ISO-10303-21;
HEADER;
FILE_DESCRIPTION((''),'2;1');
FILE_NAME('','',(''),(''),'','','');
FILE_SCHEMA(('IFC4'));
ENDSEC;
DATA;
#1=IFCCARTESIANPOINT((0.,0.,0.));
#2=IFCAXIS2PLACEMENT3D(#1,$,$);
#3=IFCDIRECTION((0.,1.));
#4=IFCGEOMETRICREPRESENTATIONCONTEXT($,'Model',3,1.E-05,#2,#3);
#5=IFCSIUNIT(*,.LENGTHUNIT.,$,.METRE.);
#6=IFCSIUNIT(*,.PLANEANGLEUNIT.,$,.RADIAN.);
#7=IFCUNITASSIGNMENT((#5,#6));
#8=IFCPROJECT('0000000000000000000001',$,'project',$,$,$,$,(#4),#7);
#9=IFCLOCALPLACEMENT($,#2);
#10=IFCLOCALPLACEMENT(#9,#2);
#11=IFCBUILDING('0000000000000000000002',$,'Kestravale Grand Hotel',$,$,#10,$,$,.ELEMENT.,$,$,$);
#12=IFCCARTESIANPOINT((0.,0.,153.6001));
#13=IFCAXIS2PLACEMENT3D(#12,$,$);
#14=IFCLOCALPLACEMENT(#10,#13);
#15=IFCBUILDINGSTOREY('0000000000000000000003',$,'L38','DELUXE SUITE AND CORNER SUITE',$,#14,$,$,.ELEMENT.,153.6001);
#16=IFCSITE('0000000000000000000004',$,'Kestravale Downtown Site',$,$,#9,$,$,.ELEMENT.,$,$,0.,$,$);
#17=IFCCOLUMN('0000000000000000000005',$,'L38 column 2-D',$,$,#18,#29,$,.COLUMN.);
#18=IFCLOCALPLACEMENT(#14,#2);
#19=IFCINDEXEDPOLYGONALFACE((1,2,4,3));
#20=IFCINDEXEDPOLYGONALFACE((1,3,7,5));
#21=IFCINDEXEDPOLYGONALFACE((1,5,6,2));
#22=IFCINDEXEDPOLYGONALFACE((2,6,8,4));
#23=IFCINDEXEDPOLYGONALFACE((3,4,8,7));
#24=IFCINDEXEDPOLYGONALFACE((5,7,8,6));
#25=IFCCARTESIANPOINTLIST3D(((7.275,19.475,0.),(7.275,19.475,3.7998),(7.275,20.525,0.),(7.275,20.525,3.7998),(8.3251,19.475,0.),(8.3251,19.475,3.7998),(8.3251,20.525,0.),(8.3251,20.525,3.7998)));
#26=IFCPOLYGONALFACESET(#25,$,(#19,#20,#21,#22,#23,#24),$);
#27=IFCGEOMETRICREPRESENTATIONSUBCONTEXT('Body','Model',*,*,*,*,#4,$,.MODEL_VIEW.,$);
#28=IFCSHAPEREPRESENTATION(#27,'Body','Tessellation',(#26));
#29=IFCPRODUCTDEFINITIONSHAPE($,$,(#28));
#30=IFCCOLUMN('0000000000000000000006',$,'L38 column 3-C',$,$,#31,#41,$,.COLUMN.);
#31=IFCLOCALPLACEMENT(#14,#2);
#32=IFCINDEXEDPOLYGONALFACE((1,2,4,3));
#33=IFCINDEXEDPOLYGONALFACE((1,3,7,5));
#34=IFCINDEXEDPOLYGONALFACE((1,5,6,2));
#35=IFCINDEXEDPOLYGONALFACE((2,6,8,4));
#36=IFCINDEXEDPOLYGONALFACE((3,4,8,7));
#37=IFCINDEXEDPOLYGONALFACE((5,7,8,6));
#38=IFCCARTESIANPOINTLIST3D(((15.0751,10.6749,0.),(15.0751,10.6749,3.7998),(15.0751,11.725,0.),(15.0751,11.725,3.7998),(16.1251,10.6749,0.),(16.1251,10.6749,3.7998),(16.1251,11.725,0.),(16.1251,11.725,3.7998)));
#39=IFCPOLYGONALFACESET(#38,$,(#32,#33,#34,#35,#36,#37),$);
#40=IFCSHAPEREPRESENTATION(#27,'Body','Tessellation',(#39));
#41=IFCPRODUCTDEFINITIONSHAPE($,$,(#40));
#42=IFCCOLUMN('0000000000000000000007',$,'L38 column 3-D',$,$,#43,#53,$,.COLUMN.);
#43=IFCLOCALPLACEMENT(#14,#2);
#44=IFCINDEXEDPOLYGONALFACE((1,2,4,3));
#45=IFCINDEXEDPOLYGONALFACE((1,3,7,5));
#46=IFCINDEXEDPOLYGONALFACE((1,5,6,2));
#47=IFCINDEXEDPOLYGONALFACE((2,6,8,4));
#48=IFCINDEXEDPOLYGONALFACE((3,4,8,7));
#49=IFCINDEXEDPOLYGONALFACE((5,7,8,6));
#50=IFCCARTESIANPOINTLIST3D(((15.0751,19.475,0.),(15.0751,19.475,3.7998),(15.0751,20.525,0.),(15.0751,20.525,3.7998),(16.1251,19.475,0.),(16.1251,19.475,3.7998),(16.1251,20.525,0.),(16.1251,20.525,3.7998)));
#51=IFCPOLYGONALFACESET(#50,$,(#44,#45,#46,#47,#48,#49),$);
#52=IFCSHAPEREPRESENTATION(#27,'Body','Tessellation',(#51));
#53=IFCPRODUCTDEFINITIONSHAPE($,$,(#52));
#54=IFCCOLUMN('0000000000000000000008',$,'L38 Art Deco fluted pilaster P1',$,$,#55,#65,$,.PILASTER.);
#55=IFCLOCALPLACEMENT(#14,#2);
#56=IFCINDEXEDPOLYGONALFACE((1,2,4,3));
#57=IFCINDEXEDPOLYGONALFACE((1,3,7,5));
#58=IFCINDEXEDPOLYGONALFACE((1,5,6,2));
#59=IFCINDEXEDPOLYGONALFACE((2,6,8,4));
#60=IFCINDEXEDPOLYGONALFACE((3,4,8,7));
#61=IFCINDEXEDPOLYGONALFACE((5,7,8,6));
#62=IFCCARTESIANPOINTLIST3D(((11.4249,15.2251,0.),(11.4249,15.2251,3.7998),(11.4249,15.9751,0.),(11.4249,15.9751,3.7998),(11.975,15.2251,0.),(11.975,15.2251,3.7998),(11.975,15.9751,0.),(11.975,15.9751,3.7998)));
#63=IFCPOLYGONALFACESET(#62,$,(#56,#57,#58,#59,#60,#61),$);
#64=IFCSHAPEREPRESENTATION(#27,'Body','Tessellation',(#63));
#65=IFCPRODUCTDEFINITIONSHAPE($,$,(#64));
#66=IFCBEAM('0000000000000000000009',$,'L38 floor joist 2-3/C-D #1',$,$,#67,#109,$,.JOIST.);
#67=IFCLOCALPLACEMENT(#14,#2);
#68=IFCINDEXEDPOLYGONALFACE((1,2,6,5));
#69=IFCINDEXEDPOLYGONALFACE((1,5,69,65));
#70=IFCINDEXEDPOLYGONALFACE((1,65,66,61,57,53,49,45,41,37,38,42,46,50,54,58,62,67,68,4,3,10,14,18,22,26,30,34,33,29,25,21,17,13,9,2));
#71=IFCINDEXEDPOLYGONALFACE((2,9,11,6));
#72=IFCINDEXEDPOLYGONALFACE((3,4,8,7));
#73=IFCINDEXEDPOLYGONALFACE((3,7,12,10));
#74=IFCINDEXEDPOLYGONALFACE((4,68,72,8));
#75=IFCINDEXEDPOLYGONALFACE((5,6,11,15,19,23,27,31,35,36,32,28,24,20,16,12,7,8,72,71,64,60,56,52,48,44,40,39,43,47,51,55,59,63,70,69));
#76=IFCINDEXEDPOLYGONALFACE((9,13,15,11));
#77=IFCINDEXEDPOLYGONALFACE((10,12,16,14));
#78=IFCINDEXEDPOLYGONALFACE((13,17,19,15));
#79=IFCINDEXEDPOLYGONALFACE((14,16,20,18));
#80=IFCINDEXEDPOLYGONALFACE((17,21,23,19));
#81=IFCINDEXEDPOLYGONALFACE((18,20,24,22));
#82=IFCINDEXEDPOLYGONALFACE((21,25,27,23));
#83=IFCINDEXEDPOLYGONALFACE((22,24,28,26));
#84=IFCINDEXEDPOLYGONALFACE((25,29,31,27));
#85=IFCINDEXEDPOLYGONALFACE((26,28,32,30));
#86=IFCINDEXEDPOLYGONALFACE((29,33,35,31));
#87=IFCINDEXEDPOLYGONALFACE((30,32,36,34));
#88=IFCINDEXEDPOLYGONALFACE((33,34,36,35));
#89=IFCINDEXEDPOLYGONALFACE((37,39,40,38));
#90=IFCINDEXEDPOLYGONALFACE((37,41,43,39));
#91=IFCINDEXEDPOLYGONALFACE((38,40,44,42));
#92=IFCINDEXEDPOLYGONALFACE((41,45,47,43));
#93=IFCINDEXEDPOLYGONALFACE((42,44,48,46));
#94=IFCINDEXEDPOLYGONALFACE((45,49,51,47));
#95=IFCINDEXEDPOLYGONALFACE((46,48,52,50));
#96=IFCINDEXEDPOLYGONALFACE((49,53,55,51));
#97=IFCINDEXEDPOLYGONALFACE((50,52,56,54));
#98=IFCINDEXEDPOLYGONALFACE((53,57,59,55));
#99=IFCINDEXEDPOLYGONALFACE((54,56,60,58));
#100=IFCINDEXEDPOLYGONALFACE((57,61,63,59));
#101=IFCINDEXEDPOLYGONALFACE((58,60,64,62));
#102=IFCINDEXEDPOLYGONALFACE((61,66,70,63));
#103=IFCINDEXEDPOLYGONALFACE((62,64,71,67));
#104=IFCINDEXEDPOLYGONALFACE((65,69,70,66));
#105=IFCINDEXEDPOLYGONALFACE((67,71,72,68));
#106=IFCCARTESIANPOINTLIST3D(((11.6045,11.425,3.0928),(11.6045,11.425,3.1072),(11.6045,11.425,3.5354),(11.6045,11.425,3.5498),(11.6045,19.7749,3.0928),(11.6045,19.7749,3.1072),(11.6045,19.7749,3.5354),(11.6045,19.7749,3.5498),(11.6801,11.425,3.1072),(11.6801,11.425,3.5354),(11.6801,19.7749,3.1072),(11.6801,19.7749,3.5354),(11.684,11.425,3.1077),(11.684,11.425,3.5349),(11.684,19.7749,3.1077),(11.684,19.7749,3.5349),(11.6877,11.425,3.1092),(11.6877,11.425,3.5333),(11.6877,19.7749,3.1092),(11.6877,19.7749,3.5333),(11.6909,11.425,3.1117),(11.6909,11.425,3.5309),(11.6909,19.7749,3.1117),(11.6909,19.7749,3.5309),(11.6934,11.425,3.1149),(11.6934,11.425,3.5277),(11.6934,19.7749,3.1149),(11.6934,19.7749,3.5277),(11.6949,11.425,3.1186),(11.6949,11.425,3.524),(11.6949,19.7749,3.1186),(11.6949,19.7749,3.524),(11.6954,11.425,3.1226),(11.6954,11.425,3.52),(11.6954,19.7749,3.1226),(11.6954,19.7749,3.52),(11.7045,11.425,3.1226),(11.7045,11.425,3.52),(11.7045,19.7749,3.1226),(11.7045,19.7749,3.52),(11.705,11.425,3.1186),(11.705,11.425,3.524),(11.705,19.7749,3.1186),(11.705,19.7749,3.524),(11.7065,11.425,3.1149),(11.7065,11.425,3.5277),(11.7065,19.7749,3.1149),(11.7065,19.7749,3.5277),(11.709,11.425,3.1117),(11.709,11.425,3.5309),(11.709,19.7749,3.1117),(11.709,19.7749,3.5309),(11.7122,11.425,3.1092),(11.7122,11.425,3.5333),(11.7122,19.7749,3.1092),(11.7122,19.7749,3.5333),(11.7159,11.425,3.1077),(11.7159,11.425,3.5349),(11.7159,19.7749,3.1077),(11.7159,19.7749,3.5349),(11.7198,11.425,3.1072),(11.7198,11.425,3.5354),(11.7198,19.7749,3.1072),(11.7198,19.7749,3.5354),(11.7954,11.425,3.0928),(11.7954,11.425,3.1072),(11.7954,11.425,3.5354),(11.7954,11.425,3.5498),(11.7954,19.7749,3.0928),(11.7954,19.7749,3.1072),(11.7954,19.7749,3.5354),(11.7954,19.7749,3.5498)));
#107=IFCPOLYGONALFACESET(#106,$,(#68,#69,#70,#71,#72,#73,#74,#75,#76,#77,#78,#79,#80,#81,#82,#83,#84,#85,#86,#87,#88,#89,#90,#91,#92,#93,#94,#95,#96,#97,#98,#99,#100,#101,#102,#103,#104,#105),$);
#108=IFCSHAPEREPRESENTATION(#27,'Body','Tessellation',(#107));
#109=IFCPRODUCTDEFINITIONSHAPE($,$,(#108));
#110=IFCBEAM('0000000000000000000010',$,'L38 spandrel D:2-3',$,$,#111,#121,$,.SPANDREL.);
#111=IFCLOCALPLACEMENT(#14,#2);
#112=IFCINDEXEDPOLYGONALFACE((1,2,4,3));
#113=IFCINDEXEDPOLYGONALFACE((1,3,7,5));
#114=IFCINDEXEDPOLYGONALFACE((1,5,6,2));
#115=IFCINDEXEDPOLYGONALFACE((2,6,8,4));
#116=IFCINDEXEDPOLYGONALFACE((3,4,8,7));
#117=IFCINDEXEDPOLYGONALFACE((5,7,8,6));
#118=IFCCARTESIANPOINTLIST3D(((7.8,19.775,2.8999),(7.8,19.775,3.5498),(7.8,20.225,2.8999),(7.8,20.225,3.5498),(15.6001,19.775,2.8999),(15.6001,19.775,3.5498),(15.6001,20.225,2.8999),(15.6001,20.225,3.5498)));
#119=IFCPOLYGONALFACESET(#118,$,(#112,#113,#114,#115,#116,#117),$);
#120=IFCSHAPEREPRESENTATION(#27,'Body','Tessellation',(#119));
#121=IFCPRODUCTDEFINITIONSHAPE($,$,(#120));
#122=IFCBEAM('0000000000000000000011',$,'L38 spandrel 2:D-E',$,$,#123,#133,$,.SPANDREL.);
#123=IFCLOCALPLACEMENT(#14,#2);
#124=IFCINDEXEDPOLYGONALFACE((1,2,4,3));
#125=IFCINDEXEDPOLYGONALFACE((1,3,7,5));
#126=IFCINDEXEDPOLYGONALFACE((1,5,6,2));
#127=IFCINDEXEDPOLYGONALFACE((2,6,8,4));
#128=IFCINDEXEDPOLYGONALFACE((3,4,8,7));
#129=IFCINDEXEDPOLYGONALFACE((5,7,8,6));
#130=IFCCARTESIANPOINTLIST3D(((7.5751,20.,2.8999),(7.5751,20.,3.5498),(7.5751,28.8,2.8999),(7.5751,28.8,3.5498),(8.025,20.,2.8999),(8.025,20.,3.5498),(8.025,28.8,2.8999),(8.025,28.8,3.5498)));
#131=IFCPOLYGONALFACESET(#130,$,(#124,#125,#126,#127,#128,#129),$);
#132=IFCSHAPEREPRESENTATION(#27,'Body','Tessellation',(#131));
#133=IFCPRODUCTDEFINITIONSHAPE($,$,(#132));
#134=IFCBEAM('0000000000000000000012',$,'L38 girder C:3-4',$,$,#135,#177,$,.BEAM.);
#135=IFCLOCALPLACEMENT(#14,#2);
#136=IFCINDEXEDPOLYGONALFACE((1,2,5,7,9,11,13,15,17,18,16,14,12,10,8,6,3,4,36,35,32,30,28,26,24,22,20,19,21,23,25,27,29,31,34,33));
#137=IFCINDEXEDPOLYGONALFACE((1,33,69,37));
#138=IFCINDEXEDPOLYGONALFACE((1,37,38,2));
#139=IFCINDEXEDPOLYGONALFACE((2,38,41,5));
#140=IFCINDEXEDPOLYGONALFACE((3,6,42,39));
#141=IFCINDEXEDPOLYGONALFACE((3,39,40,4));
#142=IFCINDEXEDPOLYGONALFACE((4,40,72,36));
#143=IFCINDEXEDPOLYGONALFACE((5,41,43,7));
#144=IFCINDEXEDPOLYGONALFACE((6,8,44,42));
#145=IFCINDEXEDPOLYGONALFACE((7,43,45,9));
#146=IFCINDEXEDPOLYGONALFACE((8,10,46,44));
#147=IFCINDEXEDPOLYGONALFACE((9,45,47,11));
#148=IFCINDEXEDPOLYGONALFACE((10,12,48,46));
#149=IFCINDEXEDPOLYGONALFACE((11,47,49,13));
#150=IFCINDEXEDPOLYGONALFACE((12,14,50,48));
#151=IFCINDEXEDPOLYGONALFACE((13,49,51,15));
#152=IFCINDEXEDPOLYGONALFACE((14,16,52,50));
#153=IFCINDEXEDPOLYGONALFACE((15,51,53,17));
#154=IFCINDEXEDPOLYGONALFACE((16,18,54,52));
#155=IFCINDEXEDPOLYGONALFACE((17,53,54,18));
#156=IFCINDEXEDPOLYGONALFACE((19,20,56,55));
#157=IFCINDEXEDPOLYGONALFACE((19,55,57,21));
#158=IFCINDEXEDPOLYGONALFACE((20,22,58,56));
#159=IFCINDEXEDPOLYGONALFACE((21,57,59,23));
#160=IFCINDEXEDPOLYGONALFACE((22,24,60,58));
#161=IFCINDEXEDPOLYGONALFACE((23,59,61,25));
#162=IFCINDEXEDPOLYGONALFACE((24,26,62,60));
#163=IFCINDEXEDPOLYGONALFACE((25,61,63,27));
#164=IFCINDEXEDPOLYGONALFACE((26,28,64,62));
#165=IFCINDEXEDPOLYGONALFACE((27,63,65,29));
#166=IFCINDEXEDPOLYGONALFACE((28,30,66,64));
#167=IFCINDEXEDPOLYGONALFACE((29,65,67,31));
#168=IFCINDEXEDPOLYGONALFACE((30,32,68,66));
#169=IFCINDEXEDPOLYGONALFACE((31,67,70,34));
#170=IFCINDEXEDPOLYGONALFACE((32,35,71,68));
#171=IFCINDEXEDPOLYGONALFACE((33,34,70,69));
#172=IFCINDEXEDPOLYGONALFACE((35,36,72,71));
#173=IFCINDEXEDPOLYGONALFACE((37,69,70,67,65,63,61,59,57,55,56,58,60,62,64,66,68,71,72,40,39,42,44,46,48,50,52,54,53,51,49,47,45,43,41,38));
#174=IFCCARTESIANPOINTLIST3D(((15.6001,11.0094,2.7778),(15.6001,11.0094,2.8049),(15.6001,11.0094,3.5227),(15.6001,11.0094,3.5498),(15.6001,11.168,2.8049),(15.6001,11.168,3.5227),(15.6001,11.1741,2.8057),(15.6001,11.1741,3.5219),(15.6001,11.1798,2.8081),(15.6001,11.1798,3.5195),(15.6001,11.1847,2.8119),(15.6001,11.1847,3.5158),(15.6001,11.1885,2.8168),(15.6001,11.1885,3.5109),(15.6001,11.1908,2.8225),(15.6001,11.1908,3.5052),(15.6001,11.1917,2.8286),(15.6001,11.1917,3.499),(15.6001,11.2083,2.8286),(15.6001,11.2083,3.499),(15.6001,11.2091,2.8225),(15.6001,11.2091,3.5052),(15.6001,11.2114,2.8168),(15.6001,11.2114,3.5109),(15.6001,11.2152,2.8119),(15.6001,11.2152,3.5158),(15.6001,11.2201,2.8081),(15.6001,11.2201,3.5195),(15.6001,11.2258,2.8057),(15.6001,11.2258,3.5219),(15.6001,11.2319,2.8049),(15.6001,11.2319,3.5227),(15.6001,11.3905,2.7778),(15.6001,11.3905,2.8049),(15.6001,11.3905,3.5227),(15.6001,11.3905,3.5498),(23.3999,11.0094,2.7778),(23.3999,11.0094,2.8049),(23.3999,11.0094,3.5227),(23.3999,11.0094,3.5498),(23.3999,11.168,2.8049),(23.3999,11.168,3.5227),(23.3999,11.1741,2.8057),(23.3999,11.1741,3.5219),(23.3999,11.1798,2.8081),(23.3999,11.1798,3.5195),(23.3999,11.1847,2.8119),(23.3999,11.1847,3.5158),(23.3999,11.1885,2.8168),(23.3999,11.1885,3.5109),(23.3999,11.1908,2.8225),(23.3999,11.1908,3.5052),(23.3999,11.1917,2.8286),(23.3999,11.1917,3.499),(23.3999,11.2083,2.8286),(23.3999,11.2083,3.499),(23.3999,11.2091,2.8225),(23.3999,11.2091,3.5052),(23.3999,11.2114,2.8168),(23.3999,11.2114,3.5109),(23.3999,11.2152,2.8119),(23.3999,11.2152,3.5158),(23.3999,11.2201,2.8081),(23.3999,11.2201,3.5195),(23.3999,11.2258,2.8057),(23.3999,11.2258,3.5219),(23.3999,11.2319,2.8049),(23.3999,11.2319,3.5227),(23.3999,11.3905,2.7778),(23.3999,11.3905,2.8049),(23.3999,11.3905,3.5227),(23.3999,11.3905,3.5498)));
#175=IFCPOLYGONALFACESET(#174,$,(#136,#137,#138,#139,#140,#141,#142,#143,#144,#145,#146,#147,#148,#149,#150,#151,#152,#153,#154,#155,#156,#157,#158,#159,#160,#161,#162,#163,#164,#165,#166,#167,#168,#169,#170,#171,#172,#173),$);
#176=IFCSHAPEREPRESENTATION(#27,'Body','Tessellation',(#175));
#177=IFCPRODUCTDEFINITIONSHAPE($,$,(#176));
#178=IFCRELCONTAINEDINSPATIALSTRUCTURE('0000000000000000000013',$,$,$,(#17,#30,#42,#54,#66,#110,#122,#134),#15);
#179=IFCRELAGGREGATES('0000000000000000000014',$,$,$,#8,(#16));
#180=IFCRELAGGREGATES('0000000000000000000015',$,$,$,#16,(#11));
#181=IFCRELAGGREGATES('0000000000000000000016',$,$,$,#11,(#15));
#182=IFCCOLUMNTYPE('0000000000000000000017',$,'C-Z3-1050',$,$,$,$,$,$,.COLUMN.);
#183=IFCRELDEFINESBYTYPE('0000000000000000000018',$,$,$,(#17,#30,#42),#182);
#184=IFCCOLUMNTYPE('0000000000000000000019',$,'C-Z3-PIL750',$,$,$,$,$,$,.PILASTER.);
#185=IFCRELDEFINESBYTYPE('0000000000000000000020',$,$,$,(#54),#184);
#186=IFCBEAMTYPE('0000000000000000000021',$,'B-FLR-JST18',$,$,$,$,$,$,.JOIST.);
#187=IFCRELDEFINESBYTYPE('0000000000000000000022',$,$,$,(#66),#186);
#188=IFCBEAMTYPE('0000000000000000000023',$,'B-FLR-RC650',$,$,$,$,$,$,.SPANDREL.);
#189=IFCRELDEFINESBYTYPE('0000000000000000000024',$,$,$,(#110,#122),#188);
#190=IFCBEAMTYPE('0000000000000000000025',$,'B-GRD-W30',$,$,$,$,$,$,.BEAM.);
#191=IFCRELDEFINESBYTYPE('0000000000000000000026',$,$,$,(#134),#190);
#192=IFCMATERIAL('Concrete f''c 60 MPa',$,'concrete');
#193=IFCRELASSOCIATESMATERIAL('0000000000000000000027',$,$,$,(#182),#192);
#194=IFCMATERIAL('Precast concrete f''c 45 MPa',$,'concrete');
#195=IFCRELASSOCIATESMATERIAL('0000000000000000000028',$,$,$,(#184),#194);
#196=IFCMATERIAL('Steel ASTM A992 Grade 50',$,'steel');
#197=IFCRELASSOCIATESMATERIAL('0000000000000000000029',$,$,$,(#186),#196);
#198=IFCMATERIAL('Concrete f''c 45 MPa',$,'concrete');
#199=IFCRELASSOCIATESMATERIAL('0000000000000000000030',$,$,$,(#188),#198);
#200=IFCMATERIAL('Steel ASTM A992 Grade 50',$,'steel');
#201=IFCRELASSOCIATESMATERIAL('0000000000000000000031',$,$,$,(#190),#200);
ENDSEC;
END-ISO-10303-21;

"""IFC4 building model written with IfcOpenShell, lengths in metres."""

from ifc_helpers import new_model, si_unit, direction, frame, origin, origin_2d, place, context, subcontext, project, spatial, rectangle, i_section, extrude, material, material_profile, profile_set, type_object, element, save


model = new_model("IFC4")

# Units and contexts
model_context = context("Model", 3, precision=1e-05, world=origin(), true_north=direction((0.0, 1.0)))
body_context = subcontext(model_context, "Body", "Model", "MODEL_VIEW")
ifc_project = project(units=[si_unit("LENGTHUNIT", "METRE"), si_unit("PLANEANGLEUNIT", "RADIAN")], contexts=[model_context])

# Site, building, storey
site_placement = place(None, origin())
site = spatial("IfcSite", under=ifc_project, at=site_placement, Name="Kestravale Downtown Site", CompositionType="ELEMENT", RefElevation=0.0)
building_placement = place(site_placement, origin())
building = spatial("IfcBuilding", under=site, at=building_placement, Name="Kestravale Grand Hotel", CompositionType="ELEMENT")
storey_placement = place(building_placement, frame((0.0, 0.0, 153.6001)))
storey = spatial("IfcBuildingStorey", under=building, at=storey_placement, Name="L38", Description="DELUXE SUITE AND CORNER SUITE", CompositionType="ELEMENT", Elevation=153.6001)

# Columns
ifc_material_1 = material(Name="Concrete f'c 60 MPa", Category="concrete")
ifc_material_profile_1 = material_profile(ifc_material_1, rectangle(XDim=1.05, YDim=1.05, at=origin_2d()))
ifc_profile_set_1 = profile_set([ifc_material_profile_1], Name="Concrete f'c 60 MPa")
column_type_1 = type_object("IfcColumnType", Name="C-Z3-1050", PredefinedType="COLUMN", material=ifc_profile_set_1)
for number, where, z_axis, x_axis, name in (
    (1, (7.8, 20.0, 0.0), (0.0, 0.0, 1.0), (1.0, 0.0, 0.0), "L38 column 2-D"),
    (2, (15.6001, 11.2, 0.0), (0.0, 0.0, 1.0), (1.0, 0.0, 0.0), "L38 column 3-C"),
    (3, (15.6001, 20.0, 0.0), (0.0, 0.0, 1.0), (1.0, 0.0, 0.0), "L38 column 3-D"),
):
    element("IfcColumn", number, at=place(storey_placement, frame(where, z_axis=z_axis, x_axis=x_axis)), inside=storey, type_object=column_type_1, Name=name, PredefinedType="COLUMN", context=body_context, shape_type="SweptSolid", body=[
        extrude(rectangle(XDim=1.05, YDim=1.05, at=origin_2d()), origin(), (0.0, 0.0, 1.0), 3.7998),
    ])
ifc_material_2 = material(Name="Precast concrete f'c 45 MPa", Category="concrete")
ifc_material_profile_2 = material_profile(ifc_material_2, rectangle(XDim=0.55, YDim=0.75, at=origin_2d()))
ifc_profile_set_2 = profile_set([ifc_material_profile_2], Name="Precast concrete f'c 45 MPa")
column_type_2 = type_object("IfcColumnType", Name="C-Z3-PIL750", PredefinedType="PILASTER", material=ifc_profile_set_2)
column_placement = place(storey_placement, frame((11.7, 15.6001, 0.0), z_axis=(0.0, 0.0, 1.0), x_axis=(1.0, 0.0, 0.0)))
element("IfcColumn", 4, at=column_placement, inside=storey, type_object=column_type_2, Name="L38 Art Deco fluted pilaster P1", PredefinedType="PILASTER", context=body_context, shape_type="SweptSolid", body=[
    extrude(rectangle(XDim=0.55, YDim=0.75, at=origin_2d()), origin(), (0.0, 0.0, 1.0), 3.7998),
])

# Beams
ifc_material_3 = material(Name="Steel ASTM A992 Grade 50", Category="steel")
ifc_material_profile_3 = material_profile(ifc_material_3, i_section(OverallWidth=0.1909, OverallDepth=0.457, WebThickness=0.009, FlangeThickness=0.0144, FilletRadius=0.0154, at=origin_2d()))
ifc_profile_set_3 = profile_set([ifc_material_profile_3], Name="Steel ASTM A992 Grade 50")
beam_type_1 = type_object("IfcBeamType", Name="B-FLR-JST18", PredefinedType="JOIST", material=ifc_profile_set_3)
beam_1_placement = place(storey_placement, frame((11.7, 11.425, 3.3213), z_axis=(0.0, 1.0, 0.0), x_axis=(-1.0, 0.0, 0.0)))
element("IfcBeam", 5, at=beam_1_placement, inside=storey, type_object=beam_type_1, Name="L38 floor joist 2-3/C-D #1", PredefinedType="JOIST", context=body_context, shape_type="SweptSolid", body=[
    extrude(i_section(OverallWidth=0.1909, OverallDepth=0.457, WebThickness=0.009, FlangeThickness=0.0144, FilletRadius=0.0154, at=origin_2d()), origin(), (0.0, 0.0, 1.0), 8.3499),
])
ifc_material_4 = material(Name="Concrete f'c 45 MPa", Category="concrete")
ifc_material_profile_4 = material_profile(ifc_material_4, rectangle(XDim=0.45, YDim=0.6499, at=origin_2d()))
ifc_profile_set_4 = profile_set([ifc_material_profile_4], Name="Concrete f'c 45 MPa")
beam_type_2 = type_object("IfcBeamType", Name="B-FLR-RC650", PredefinedType="SPANDREL", material=ifc_profile_set_4)
beam_2_placement = place(storey_placement, frame((7.8, 20.0, 3.2249), z_axis=(1.0, 0.0, 0.0), x_axis=(0.0, 1.0, 0.0)))
element("IfcBeam", 6, at=beam_2_placement, inside=storey, type_object=beam_type_2, Name="L38 spandrel D:2-3", PredefinedType="SPANDREL", context=body_context, shape_type="SweptSolid", body=[
    extrude(rectangle(XDim=0.45, YDim=0.6499, at=origin_2d()), origin(), (0.0, 0.0, 1.0), 7.8),
])
beam_3_placement = place(storey_placement, frame((7.8, 20.0, 3.2249), z_axis=(0.0, 1.0, 0.0), x_axis=(-1.0, 0.0, 0.0)))
element("IfcBeam", 7, at=beam_3_placement, inside=storey, type_object=beam_type_2, Name="L38 spandrel 2:D-E", PredefinedType="SPANDREL", context=body_context, shape_type="SweptSolid", body=[
    extrude(rectangle(XDim=0.45, YDim=0.6499, at=origin_2d()), origin(), (0.0, 0.0, 1.0), 8.8),
])
ifc_material_5 = material(Name="Steel ASTM A992 Grade 50", Category="steel")
ifc_material_profile_5 = material_profile(ifc_material_5, i_section(OverallWidth=0.3811, OverallDepth=0.772, WebThickness=0.0166, FlangeThickness=0.0271, FilletRadius=0.0237, at=origin_2d()))
ifc_profile_set_5 = profile_set([ifc_material_profile_5], Name="Steel ASTM A992 Grade 50")
beam_type_3 = type_object("IfcBeamType", Name="B-GRD-W30", PredefinedType="BEAM", material=ifc_profile_set_5)
for number, where, z_axis, x_axis, name in (
    (8, (15.6001, 11.2, 3.1638), (1.0, 0.0, 0.0), (0.0, 1.0, 0.0), "L38 girder C:3-4"),
):
    element("IfcBeam", number, at=place(storey_placement, frame(where, z_axis=z_axis, x_axis=x_axis)), inside=storey, type_object=beam_type_3, Name=name, PredefinedType="BEAM", context=body_context, shape_type="SweptSolid", body=[
        extrude(i_section(OverallWidth=0.3811, OverallDepth=0.772, WebThickness=0.0166, FlangeThickness=0.0271, FilletRadius=0.0237, at=origin_2d()), origin(), (0.0, 0.0, 1.0), 7.7998),
    ])

save(model, "model.ifc")
